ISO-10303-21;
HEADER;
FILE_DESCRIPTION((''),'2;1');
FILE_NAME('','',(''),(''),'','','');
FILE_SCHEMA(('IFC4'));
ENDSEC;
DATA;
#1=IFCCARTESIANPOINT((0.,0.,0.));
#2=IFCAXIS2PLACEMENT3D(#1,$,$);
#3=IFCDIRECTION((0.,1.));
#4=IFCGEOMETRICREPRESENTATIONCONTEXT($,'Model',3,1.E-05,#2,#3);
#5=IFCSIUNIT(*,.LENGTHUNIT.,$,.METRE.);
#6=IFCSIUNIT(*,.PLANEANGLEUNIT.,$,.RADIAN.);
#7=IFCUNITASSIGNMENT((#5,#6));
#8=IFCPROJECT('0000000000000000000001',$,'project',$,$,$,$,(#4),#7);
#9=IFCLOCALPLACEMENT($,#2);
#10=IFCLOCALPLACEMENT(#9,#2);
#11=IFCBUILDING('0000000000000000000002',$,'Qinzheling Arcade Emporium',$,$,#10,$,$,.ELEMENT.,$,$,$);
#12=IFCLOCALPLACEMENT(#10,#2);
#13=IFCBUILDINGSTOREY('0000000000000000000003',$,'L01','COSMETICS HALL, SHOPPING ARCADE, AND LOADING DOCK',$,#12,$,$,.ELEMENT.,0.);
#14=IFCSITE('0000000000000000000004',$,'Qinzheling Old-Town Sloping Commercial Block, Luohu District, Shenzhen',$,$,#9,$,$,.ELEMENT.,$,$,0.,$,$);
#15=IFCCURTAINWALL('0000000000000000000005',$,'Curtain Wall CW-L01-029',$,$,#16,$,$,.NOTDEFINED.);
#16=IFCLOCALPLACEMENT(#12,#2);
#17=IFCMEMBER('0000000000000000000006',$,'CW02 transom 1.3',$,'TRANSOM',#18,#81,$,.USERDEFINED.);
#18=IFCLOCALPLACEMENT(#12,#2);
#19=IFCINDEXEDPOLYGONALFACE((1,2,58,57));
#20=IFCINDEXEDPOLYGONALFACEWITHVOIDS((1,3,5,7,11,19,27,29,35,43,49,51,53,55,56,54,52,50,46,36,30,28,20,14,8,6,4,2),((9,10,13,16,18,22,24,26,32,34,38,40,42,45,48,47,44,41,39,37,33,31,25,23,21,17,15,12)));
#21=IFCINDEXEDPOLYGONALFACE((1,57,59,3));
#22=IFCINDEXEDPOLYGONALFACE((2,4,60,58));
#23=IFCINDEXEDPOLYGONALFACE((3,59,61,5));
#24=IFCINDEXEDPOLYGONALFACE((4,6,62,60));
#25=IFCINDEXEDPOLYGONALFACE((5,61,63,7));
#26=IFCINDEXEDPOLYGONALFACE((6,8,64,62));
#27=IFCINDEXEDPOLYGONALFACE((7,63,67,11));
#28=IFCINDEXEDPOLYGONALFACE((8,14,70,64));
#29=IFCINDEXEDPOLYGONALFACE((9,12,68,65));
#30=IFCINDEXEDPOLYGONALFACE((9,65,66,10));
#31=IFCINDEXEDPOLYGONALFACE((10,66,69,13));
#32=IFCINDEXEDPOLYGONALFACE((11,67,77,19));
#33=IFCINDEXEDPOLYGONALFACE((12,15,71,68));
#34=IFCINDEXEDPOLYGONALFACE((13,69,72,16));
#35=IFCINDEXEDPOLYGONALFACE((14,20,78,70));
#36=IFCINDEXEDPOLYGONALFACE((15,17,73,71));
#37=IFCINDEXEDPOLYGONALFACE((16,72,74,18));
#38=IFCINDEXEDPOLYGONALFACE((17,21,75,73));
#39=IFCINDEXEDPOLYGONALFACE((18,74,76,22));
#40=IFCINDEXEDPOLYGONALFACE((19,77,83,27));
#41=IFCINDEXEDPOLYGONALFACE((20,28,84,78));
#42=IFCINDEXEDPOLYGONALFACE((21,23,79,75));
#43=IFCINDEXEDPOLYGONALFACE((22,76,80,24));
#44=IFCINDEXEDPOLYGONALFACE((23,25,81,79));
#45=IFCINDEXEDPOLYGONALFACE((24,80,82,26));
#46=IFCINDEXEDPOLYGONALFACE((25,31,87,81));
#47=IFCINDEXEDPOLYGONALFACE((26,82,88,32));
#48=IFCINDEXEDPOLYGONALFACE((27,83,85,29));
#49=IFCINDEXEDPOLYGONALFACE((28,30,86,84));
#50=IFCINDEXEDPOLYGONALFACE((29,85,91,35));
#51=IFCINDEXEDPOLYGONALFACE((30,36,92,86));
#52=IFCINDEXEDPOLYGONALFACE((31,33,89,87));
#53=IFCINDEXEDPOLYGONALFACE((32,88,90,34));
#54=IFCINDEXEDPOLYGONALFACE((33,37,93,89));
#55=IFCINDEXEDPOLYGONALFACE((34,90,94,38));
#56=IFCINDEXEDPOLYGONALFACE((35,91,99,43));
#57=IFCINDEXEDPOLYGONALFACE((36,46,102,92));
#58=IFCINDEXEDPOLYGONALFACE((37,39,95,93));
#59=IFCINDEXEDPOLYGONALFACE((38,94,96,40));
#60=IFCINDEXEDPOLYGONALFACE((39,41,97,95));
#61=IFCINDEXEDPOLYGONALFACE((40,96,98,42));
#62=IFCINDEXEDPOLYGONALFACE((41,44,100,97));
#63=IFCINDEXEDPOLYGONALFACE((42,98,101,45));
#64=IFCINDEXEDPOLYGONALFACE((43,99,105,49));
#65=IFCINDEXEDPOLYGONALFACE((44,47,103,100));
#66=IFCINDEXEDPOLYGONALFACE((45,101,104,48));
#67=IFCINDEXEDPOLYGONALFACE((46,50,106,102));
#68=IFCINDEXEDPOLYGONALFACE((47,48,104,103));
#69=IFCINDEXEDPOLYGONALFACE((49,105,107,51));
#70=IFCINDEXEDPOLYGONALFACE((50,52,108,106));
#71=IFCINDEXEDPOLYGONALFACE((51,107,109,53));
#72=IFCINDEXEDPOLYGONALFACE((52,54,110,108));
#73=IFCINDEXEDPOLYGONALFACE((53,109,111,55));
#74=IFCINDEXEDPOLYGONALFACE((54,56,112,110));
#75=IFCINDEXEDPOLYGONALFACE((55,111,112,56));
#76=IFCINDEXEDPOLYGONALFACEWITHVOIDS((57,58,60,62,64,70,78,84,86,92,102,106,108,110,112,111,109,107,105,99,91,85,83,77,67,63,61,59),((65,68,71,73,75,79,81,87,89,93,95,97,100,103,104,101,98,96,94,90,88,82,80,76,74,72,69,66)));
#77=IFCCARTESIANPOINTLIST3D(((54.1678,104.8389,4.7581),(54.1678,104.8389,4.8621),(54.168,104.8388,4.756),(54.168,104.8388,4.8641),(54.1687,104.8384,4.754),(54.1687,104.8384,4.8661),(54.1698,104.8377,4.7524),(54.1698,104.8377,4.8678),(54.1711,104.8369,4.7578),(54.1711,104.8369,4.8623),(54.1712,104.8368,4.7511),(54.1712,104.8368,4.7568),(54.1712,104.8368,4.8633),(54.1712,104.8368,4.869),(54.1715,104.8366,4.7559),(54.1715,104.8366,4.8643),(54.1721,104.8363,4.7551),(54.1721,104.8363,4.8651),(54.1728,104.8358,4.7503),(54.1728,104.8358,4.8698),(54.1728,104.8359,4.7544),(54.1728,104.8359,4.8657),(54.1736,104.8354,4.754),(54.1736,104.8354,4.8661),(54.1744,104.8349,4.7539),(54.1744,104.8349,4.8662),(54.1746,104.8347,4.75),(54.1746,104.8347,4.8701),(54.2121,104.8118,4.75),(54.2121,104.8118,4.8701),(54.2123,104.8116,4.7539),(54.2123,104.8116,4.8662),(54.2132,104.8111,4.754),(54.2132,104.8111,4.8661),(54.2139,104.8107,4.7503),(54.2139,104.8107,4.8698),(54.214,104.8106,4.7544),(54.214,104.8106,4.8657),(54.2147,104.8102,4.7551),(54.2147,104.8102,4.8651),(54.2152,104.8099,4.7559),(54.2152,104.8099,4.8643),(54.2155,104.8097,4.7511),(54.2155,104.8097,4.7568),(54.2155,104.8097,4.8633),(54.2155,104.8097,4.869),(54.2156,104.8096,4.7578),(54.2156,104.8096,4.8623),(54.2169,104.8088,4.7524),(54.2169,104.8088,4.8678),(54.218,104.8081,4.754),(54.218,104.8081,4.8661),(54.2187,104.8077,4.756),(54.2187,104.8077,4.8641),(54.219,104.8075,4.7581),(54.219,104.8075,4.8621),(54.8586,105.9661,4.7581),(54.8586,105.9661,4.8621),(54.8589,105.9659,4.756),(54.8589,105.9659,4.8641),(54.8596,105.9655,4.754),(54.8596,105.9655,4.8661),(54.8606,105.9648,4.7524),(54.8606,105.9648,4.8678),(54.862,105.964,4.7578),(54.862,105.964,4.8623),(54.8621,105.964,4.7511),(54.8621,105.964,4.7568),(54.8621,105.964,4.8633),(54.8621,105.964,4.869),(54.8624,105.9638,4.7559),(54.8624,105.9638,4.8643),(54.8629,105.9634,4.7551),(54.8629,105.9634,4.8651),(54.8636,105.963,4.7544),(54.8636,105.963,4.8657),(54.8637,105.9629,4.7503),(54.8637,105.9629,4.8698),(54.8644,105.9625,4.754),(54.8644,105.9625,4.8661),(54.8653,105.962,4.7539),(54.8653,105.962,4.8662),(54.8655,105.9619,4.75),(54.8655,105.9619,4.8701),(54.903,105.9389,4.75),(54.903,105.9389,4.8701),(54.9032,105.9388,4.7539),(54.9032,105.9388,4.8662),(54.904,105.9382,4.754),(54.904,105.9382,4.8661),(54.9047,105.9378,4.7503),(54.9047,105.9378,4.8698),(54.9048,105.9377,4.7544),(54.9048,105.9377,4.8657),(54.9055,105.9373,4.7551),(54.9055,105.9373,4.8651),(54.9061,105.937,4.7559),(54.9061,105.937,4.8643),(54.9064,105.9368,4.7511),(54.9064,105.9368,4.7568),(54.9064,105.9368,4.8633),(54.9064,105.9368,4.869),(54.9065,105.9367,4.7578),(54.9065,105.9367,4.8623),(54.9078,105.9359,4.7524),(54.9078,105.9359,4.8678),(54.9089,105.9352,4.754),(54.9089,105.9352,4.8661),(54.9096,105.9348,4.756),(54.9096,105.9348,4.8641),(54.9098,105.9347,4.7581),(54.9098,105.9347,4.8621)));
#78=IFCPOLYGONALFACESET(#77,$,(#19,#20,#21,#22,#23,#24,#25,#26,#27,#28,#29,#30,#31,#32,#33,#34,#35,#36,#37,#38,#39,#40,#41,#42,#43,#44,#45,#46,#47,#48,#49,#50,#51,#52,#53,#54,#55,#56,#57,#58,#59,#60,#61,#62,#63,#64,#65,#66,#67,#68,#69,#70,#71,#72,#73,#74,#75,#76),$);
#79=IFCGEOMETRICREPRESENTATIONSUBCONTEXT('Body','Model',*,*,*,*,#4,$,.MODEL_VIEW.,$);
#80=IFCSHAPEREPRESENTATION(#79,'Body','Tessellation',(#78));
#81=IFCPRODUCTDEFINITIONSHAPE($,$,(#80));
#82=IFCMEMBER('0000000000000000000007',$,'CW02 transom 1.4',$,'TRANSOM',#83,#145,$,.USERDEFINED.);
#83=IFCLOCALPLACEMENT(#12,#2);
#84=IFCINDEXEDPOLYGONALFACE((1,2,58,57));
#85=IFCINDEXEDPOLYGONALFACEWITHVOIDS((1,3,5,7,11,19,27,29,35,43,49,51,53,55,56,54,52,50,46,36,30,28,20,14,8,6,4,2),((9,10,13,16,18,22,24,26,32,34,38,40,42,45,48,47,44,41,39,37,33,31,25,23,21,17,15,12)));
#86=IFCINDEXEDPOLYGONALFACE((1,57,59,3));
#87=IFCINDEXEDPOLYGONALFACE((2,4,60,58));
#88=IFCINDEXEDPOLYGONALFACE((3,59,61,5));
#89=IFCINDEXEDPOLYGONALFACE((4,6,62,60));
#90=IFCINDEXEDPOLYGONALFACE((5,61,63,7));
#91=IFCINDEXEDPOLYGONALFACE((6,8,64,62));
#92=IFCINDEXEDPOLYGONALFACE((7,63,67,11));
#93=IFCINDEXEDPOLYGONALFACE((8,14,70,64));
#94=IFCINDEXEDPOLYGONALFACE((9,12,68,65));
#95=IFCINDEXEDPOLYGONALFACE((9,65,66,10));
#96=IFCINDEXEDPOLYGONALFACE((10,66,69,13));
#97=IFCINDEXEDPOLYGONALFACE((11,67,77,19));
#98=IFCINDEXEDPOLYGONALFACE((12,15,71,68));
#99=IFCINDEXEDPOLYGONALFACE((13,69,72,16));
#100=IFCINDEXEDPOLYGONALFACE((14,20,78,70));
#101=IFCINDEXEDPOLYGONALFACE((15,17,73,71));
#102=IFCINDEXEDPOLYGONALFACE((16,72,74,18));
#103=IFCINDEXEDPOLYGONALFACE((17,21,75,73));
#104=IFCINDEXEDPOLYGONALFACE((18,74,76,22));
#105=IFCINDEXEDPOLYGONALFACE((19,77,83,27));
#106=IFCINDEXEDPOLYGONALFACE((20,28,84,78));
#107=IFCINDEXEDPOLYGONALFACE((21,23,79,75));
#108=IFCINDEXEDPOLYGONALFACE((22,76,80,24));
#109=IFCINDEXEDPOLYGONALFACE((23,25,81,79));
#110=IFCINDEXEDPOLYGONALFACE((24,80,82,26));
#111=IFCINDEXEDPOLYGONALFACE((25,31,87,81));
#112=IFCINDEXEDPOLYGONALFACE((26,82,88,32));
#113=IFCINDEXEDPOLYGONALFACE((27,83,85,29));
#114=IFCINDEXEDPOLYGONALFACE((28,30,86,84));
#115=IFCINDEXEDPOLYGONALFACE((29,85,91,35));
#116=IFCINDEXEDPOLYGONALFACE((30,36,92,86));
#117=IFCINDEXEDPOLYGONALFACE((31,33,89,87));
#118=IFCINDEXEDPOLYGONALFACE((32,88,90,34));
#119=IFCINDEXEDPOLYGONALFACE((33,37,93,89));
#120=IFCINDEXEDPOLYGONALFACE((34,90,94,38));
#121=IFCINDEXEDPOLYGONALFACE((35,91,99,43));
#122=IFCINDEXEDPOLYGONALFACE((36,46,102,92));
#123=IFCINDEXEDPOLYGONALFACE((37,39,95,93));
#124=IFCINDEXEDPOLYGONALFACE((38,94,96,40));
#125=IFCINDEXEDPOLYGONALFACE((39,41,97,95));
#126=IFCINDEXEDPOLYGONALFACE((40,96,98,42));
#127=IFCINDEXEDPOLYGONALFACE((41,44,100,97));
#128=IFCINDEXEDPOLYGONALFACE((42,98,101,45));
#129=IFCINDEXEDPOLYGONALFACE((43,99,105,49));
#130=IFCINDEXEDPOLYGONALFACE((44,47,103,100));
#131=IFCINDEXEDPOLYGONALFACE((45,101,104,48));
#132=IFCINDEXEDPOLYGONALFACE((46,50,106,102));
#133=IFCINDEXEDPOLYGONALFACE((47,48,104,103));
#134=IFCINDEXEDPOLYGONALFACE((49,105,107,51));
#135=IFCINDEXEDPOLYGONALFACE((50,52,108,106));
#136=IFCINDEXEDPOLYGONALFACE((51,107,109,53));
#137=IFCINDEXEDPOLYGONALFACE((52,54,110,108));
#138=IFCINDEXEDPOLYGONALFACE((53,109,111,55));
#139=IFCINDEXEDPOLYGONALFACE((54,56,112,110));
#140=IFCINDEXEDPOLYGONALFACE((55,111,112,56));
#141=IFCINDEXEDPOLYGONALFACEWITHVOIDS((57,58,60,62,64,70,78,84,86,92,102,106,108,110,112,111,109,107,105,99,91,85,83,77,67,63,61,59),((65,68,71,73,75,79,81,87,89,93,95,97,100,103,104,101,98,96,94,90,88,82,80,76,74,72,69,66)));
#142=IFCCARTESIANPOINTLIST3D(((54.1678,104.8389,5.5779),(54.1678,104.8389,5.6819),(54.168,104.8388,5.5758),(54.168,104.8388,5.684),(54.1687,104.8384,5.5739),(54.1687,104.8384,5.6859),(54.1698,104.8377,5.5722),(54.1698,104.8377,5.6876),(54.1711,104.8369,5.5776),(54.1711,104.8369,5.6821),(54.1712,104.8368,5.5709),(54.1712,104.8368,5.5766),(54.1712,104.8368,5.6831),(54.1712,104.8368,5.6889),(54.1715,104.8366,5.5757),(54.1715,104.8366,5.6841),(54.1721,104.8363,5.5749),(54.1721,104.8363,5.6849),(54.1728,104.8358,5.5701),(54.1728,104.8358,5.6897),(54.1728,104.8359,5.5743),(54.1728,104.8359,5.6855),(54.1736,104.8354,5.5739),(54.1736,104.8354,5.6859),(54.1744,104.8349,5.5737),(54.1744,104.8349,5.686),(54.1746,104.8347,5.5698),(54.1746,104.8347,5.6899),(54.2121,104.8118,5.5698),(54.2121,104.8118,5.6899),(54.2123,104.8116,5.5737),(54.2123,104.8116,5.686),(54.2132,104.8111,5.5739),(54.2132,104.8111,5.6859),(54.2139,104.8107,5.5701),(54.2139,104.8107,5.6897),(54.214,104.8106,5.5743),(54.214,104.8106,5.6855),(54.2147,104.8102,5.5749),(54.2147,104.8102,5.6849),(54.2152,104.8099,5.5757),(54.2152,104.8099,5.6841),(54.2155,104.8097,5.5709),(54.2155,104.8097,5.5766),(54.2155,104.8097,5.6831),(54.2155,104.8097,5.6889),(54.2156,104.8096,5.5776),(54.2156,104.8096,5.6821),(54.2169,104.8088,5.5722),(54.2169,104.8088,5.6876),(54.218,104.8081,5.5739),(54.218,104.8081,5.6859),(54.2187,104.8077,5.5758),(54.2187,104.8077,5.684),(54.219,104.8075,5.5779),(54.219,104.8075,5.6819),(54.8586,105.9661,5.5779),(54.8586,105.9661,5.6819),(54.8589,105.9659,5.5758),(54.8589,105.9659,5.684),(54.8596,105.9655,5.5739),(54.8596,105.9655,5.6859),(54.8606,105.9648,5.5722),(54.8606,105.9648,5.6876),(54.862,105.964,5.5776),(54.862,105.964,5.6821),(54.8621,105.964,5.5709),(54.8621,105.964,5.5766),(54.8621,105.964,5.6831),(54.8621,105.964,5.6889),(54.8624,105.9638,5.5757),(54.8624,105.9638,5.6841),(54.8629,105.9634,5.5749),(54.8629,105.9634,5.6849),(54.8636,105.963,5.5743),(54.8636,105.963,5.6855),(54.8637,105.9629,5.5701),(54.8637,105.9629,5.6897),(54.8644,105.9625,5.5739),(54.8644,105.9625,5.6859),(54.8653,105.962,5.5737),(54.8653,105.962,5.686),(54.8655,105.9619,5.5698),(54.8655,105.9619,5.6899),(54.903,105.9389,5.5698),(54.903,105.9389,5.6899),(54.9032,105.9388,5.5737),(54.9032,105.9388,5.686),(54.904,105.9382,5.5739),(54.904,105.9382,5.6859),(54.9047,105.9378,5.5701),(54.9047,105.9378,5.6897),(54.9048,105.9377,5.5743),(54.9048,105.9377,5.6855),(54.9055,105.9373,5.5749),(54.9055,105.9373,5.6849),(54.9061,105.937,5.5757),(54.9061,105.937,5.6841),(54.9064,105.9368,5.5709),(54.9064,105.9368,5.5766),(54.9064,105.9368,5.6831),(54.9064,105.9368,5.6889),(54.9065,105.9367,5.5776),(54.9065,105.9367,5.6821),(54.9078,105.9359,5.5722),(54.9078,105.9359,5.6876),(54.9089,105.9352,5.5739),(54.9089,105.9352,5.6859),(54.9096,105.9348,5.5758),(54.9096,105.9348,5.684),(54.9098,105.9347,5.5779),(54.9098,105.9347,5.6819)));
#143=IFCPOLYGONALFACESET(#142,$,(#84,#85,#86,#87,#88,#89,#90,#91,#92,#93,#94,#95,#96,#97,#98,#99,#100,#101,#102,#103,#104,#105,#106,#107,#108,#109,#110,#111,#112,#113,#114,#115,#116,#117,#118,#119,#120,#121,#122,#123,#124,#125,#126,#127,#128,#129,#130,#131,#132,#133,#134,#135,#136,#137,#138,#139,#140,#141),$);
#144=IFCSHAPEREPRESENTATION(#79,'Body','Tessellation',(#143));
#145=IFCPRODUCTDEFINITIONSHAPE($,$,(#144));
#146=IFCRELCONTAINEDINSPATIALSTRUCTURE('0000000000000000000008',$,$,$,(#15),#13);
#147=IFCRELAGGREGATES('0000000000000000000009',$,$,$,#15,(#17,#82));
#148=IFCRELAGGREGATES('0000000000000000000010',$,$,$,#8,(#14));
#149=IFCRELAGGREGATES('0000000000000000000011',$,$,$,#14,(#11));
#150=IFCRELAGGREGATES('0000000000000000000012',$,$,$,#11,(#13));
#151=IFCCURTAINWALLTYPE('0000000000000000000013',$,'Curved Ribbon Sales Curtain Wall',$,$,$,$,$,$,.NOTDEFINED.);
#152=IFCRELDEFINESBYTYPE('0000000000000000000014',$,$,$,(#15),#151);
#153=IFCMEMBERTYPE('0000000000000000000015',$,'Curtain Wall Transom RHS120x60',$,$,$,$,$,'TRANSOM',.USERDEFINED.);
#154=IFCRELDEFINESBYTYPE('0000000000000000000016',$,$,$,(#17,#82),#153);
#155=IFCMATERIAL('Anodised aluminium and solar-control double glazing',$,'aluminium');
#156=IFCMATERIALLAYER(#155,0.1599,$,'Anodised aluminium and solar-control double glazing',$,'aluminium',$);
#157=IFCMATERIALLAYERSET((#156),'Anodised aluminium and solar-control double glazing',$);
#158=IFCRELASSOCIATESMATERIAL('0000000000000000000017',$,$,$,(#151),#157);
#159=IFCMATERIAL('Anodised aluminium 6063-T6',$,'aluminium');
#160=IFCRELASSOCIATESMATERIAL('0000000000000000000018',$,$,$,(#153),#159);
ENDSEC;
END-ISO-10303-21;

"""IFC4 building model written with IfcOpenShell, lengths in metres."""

from ifc_helpers import new_model, si_unit, direction, frame, origin, origin_2d, place, context, subcontext, project, spatial, hollow_rectangle, extrude, material, layer, layer_set, material_profile, profile_set, type_object, element, aggregate, save


model = new_model("IFC4")

# Units and contexts
model_context = context("Model", 3, precision=1e-05, world=origin(), true_north=direction((0.0, 1.0)))
body_context = subcontext(model_context, "Body", "Model", "MODEL_VIEW")
ifc_project = project(units=[si_unit("LENGTHUNIT", "METRE"), si_unit("PLANEANGLEUNIT", "RADIAN")], contexts=[model_context])

# Site, building, storey
site_placement = place(None, origin())
site = spatial("IfcSite", under=ifc_project, at=site_placement, Name="Qinzheling Old-Town Sloping Commercial Block, Luohu District, Shenzhen", CompositionType="ELEMENT", RefElevation=0.0)
building_placement = place(site_placement, origin())
building = spatial("IfcBuilding", under=site, at=building_placement, Name="Qinzheling Arcade Emporium", CompositionType="ELEMENT")
storey_placement = place(building_placement, origin())
storey = spatial("IfcBuildingStorey", under=building, at=storey_placement, Name="L01", Description="COSMETICS HALL, SHOPPING ARCADE, AND LOADING DOCK", CompositionType="ELEMENT", Elevation=0.0)

# Shared definitions
ifc_material_1 = material(Name="Anodised aluminium and solar-control double glazing", Category="aluminium")
ifc_layer_1 = layer(ifc_material_1, 0.1599, Name="Anodised aluminium and solar-control double glazing", Category="aluminium")
ifc_layer_set_1 = layer_set([ifc_layer_1], Name="Anodised aluminium and solar-control double glazing")
curtain_wall_type = type_object("IfcCurtainWallType", Name="Curved Ribbon Sales Curtain Wall", PredefinedType="NOTDEFINED", material=ifc_layer_set_1)
ifc_material_2 = material(Name="Anodised aluminium 6063-T6", Category="aluminium")

# Curtain wall
curtain_wall_1_placement = place(storey_placement, origin())
curtain_wall_1 = element("IfcCurtainWall", 1, at=curtain_wall_1_placement, inside=storey, type_object=curtain_wall_type, Name="Curtain Wall CW-L01-029", PredefinedType="NOTDEFINED")

# Members
ifc_material_profile_1 = material_profile(ifc_material_2, hollow_rectangle(XDim=0.0601, YDim=0.1201, WallThickness=0.0039, InnerFilletRadius=0.0039, OuterFilletRadius=0.0081, at=origin_2d()), Name="RHS 120x60x4", Category="aluminium")
ifc_profile_set_1 = profile_set([ifc_material_profile_1], Name="Anodised aluminium 6063-T6")
member_type_1 = type_object("IfcMemberType", Name="Curtain Wall Transom RHS120x60", ElementType="TRANSOM", PredefinedType="USERDEFINED", material=ifc_profile_set_1)
member_1_placement = place(storey_placement, frame((54.1934, 104.8232, 4.8101), z_axis=(0.522592, 0.852583, 0.0), x_axis=(-0.852583, 0.522592, 0.0)))
member_1 = element("IfcMember", 2, at=member_1_placement, type_object=member_type_1, Name="CW02 transom 1.3", ObjectType="TRANSOM", PredefinedType="USERDEFINED", context=body_context, shape_type="SweptSolid", body=[
    extrude(hollow_rectangle(XDim=0.0601, YDim=0.1201, WallThickness=0.0039, InnerFilletRadius=0.0039, OuterFilletRadius=0.0081, at=origin_2d()), origin(), (0.0, 0.0, 1.0), 1.322),
])
member_2_placement = place(storey_placement, frame((54.1934, 104.8232, 5.6299), z_axis=(0.522592, 0.852583, 0.0), x_axis=(-0.852583, 0.522592, 0.0)))
member_2 = element("IfcMember", 3, at=member_2_placement, type_object=member_type_1, Name="CW02 transom 1.4", ObjectType="TRANSOM", PredefinedType="USERDEFINED", context=body_context, shape_type="SweptSolid", body=[
    extrude(hollow_rectangle(XDim=0.0601, YDim=0.1201, WallThickness=0.0039, InnerFilletRadius=0.0039, OuterFilletRadius=0.0081, at=origin_2d()), origin(), (0.0, 0.0, 1.0), 1.322),
])

aggregate(curtain_wall_1, [member_1, member_2])

save(model, "model.ifc")
